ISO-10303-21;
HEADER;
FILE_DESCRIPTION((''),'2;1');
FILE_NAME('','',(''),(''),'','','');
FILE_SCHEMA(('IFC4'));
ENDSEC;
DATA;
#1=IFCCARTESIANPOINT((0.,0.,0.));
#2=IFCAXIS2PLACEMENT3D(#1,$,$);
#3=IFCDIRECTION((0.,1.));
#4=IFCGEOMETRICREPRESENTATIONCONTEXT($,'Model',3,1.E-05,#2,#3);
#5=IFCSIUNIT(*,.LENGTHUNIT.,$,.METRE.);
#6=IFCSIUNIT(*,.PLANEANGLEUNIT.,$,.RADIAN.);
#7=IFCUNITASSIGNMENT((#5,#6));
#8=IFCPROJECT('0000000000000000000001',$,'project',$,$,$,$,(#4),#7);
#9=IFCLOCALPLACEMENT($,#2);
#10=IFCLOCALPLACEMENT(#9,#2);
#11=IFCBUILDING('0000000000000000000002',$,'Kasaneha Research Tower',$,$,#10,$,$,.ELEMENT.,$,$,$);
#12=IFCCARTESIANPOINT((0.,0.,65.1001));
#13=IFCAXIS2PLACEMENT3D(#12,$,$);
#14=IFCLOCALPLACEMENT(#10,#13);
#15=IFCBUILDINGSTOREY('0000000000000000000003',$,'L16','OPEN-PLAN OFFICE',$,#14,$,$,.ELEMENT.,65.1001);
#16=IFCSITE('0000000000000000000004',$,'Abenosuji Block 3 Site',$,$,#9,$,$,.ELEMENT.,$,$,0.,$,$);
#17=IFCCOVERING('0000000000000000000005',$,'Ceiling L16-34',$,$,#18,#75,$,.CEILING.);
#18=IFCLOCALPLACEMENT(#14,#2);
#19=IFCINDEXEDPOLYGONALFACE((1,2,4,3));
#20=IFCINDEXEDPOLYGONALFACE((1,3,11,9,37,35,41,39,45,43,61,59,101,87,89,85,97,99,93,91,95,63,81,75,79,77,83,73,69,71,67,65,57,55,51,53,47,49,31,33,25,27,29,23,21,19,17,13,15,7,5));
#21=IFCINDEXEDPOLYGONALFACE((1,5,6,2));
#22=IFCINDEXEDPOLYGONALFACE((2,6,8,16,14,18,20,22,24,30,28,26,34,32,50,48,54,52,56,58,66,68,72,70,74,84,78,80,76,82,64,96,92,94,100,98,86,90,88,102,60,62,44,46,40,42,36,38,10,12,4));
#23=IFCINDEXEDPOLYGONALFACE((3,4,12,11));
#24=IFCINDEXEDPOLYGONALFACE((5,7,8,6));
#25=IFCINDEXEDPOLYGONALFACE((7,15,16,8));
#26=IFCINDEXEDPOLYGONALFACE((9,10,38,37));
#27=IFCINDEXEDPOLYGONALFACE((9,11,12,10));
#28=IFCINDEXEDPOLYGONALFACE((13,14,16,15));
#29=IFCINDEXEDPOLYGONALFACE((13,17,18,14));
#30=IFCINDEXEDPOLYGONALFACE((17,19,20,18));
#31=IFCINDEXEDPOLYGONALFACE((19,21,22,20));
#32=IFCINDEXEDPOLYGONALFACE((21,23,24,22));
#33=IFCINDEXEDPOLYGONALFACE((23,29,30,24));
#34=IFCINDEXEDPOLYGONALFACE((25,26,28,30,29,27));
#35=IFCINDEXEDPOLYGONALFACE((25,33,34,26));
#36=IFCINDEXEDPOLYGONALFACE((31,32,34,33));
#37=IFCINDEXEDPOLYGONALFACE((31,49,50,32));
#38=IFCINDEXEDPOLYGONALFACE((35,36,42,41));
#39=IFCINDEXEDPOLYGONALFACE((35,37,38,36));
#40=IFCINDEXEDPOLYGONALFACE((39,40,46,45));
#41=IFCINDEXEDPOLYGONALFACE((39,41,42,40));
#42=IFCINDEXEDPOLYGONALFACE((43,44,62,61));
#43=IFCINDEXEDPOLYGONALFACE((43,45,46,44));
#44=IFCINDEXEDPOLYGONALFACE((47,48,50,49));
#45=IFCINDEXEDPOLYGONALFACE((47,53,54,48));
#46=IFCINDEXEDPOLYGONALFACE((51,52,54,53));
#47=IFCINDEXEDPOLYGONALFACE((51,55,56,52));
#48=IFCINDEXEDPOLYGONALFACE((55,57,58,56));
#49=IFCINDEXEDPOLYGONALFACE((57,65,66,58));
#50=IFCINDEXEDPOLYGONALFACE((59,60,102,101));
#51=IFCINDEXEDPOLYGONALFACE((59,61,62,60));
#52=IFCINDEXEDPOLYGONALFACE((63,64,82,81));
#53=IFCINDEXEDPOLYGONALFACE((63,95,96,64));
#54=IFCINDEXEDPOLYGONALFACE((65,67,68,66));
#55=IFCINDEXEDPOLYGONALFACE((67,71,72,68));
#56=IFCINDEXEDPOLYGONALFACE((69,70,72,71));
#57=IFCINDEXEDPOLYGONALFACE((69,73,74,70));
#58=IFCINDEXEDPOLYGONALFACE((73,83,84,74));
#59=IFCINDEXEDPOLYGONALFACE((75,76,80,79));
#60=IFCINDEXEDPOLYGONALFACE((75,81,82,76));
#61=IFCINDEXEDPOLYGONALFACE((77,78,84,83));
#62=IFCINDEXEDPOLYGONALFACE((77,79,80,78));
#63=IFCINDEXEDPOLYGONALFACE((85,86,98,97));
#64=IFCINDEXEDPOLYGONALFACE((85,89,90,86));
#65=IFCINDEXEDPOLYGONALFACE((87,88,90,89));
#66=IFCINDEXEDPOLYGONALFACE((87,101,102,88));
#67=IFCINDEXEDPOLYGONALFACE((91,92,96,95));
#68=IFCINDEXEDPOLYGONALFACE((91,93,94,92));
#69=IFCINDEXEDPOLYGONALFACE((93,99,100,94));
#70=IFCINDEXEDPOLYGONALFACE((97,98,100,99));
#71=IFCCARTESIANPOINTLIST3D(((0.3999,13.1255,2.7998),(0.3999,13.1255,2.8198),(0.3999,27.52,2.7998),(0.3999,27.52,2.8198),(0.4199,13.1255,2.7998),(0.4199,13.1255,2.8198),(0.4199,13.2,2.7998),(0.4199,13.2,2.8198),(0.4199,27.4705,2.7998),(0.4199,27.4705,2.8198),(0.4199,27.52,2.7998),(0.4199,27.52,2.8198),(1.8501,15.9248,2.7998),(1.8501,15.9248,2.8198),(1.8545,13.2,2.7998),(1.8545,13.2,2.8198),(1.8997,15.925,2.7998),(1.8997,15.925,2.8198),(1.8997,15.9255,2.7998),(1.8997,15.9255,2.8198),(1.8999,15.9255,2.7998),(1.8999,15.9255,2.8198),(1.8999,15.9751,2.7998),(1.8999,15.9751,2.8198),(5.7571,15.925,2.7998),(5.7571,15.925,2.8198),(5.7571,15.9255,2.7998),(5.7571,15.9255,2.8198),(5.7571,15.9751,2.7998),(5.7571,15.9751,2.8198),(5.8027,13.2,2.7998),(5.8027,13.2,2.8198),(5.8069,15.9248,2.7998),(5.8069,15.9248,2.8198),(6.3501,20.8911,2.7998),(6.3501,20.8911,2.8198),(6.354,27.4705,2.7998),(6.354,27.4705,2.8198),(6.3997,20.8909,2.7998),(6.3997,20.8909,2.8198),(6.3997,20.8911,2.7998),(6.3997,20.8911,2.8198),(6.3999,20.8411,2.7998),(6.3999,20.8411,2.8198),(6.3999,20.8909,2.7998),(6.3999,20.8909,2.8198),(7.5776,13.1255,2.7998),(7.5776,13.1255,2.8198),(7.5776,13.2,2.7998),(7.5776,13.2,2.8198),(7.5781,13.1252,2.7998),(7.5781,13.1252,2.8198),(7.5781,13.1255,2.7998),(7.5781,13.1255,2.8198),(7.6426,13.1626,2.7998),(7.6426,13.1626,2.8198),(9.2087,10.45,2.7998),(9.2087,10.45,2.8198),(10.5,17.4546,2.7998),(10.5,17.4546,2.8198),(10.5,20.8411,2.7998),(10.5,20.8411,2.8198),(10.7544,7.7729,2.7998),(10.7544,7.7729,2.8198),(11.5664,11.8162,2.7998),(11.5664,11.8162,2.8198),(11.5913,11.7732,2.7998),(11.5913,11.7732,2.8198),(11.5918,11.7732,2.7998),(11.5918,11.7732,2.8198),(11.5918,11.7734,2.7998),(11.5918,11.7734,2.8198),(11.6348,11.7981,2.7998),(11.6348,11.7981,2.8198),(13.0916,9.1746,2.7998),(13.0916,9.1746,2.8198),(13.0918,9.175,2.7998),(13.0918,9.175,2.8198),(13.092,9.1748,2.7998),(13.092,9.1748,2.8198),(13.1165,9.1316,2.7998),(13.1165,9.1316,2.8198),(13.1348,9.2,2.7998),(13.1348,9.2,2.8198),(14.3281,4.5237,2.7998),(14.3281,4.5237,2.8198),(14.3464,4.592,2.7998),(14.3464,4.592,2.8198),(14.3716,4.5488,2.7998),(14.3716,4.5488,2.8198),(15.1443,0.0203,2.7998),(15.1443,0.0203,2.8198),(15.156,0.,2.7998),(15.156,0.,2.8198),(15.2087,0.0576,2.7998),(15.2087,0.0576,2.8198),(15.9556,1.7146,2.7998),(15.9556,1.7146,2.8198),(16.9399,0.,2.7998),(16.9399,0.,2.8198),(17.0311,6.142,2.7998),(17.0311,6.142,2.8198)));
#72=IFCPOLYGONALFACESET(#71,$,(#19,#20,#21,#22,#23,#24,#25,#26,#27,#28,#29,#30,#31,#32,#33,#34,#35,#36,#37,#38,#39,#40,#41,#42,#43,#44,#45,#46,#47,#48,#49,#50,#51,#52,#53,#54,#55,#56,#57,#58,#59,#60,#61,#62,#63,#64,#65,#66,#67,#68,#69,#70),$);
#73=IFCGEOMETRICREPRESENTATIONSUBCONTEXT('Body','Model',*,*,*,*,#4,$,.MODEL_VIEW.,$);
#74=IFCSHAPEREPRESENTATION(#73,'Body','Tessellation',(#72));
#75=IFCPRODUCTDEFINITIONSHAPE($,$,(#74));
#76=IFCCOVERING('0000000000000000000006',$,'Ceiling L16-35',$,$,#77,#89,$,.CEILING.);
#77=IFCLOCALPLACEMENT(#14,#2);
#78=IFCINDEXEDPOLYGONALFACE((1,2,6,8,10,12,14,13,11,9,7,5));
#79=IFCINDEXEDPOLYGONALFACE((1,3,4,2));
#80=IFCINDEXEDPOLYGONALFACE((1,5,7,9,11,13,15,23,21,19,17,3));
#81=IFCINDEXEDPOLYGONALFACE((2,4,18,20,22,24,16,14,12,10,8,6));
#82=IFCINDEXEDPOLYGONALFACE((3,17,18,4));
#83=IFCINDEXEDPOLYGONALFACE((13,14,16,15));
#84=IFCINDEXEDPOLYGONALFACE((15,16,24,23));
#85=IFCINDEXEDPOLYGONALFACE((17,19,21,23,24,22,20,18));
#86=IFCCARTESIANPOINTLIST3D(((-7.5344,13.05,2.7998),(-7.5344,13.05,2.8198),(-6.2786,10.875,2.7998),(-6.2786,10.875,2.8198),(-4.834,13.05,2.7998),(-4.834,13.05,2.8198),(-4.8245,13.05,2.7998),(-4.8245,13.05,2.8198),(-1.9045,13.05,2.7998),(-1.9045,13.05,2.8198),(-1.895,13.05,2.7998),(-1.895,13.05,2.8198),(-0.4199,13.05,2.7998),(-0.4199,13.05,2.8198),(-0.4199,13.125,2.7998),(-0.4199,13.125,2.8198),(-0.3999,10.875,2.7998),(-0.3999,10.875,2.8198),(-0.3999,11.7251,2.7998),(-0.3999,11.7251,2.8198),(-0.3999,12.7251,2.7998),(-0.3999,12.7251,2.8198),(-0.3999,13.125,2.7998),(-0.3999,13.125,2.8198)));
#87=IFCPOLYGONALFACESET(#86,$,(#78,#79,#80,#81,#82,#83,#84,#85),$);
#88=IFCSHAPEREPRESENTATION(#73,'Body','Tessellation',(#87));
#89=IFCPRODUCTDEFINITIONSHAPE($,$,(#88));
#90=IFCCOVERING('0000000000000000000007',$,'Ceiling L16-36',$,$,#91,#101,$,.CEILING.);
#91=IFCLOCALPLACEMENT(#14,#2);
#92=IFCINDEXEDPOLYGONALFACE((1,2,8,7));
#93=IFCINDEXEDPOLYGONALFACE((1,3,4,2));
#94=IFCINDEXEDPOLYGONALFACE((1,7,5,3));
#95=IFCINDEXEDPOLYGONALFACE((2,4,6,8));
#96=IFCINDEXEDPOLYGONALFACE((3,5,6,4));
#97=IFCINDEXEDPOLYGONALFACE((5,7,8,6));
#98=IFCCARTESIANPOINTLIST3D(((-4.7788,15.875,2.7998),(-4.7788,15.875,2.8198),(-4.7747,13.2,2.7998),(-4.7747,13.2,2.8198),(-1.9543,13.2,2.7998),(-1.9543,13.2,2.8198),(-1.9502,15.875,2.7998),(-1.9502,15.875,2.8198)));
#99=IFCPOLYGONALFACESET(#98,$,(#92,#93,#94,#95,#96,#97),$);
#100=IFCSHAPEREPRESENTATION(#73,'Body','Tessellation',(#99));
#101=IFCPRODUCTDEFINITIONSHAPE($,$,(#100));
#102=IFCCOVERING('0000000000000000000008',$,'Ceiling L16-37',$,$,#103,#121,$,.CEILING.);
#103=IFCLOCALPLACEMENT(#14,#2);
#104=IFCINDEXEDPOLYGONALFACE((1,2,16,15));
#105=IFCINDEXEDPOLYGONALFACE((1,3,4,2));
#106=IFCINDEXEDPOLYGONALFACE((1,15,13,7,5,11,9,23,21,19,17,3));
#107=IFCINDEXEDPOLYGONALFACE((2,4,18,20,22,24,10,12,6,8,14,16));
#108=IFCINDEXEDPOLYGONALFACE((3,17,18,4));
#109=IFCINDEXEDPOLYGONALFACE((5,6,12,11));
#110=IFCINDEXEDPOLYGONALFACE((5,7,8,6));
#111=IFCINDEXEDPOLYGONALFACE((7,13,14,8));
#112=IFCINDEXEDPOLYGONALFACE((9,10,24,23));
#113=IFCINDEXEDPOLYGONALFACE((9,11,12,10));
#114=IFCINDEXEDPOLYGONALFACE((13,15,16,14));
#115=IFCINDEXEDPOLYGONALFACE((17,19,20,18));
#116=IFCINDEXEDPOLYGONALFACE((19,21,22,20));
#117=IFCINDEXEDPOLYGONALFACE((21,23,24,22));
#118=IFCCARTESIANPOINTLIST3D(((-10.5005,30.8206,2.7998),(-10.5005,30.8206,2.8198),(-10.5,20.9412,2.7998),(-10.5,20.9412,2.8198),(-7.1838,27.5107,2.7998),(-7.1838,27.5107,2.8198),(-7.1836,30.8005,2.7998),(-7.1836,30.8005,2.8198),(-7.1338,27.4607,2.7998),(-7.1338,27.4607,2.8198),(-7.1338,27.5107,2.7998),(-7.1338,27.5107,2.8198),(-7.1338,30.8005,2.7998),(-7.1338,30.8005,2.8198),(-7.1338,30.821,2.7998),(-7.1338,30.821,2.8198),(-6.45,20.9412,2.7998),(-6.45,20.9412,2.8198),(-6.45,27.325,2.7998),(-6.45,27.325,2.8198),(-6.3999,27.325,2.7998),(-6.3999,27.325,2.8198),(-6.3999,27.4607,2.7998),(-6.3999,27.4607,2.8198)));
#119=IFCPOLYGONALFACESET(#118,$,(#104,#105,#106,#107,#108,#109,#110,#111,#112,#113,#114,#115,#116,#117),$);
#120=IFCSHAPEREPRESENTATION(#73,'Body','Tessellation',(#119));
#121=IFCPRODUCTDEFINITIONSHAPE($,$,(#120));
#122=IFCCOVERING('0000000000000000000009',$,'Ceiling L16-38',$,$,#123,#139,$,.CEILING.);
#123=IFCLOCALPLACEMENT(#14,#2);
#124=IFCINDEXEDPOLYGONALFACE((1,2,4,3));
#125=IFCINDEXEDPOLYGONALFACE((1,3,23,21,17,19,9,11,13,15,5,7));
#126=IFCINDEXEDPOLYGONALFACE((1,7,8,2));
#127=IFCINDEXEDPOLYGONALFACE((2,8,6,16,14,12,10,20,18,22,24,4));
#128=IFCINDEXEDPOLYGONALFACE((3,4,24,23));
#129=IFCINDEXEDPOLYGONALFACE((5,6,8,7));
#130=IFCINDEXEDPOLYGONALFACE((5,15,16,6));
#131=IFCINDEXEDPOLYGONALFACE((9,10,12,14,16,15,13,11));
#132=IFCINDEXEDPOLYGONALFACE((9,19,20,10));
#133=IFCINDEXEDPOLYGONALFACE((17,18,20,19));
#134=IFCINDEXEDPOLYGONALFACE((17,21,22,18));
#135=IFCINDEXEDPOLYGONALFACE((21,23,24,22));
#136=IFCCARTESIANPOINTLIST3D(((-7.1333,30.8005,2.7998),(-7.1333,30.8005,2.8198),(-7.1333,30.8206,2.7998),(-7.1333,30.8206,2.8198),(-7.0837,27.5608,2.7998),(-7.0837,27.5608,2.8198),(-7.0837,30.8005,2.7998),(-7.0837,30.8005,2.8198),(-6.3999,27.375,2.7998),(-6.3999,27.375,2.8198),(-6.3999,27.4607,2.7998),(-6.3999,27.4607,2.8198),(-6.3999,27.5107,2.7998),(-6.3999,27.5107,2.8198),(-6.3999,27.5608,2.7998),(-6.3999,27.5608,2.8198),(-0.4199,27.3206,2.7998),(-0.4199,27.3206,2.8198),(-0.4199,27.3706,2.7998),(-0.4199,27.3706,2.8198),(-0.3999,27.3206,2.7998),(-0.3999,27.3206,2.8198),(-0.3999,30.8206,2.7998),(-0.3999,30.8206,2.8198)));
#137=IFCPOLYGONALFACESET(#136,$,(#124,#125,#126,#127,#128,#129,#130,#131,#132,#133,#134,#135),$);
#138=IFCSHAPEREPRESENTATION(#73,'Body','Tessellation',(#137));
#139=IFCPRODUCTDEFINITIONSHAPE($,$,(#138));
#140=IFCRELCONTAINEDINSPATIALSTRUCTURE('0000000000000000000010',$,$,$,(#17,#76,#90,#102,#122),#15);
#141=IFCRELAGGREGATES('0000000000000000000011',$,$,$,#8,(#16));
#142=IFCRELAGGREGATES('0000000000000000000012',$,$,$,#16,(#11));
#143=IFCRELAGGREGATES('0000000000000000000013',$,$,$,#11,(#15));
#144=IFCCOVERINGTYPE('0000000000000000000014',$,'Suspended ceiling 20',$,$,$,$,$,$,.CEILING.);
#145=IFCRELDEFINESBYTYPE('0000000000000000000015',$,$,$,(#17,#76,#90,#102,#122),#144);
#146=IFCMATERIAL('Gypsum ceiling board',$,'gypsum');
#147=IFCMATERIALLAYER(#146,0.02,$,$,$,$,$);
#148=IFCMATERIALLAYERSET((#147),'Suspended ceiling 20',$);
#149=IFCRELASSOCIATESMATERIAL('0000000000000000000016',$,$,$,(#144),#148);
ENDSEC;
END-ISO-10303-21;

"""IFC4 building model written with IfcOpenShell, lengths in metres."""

from ifc_helpers import new_model, si_unit, direction, frame, origin, place, context, subcontext, project, spatial, polyline, outline, extrude, material, layer, layer_set, type_object, element, save


model = new_model("IFC4")

# Units and contexts
model_context = context("Model", 3, precision=1e-05, world=origin(), true_north=direction((0.0, 1.0)))
body_context = subcontext(model_context, "Body", "Model", "MODEL_VIEW")
ifc_project = project(units=[si_unit("LENGTHUNIT", "METRE"), si_unit("PLANEANGLEUNIT", "RADIAN")], contexts=[model_context])

# Site, building, storey
site_placement = place(None, origin())
site = spatial("IfcSite", under=ifc_project, at=site_placement, Name="Abenosuji Block 3 Site", CompositionType="ELEMENT", RefElevation=0.0)
building_placement = place(site_placement, origin())
building = spatial("IfcBuilding", under=site, at=building_placement, Name="Kasaneha Research Tower", CompositionType="ELEMENT")
storey_placement = place(building_placement, frame((0.0, 0.0, 65.1001)))
storey = spatial("IfcBuildingStorey", under=building, at=storey_placement, Name="L16", Description="OPEN-PLAN OFFICE", CompositionType="ELEMENT", Elevation=65.1001)

# Coverings
ifc_material_1 = material(Name="Gypsum ceiling board", Category="gypsum")
ifc_layer_1 = layer(ifc_material_1, 0.02)
ifc_layer_set_1 = layer_set([ifc_layer_1], Name="Suspended ceiling 20")
covering_type = type_object("IfcCoveringType", Name="Suspended ceiling 20", PredefinedType="CEILING", material=ifc_layer_set_1)
covering_1_placement = place(storey_placement, frame((0.0, 0.0, 2.7998)))
element("IfcCovering", 1, at=covering_1_placement, inside=storey, type_object=covering_type, Name="Ceiling L16-34", PredefinedType="CEILING", context=body_context, shape_type="SweptSolid", body=[
    extrude(outline(polyline([(15.156, 0.0), (15.1443, 0.0203), (15.2087, 0.0576), (10.7544, 7.7729), (13.1165, 9.1316), (13.0916, 9.1746), (13.092, 9.1748), (13.0918, 9.175), (13.1348, 9.2), (11.6348, 11.7981), (11.5918, 11.7732), (11.5918, 11.7734), (11.5913, 11.7732), (11.5664, 11.8162), (9.2087, 10.45), (7.6426, 13.1626), (7.5781, 13.1252), (7.5781, 13.1255), (7.5776, 13.1255), (7.5776, 13.2), (5.8027, 13.2), (5.8069, 15.9248), (5.7571, 15.925), (5.7571, 15.9255), (5.7571, 15.9255), (5.7571, 15.9751), (1.8999, 15.9751), (1.8999, 15.9255), (1.8997, 15.9255), (1.8997, 15.925), (1.8501, 15.9248), (1.8545, 13.2), (0.4199, 13.2), (0.4199, 13.1255), (0.3999, 13.1255), (0.3999, 27.52), (0.4199, 27.52), (0.4199, 27.4705), (6.354, 27.4705), (6.3501, 20.8911), (6.3997, 20.8911), (6.3997, 20.8909), (6.3999, 20.8909), (6.3999, 20.8411), (10.5, 20.8411), (10.5, 17.4546), (17.0559, 6.0991), (17.0559, 6.0991), (17.0312, 6.1421), (14.3464, 4.592), (14.3716, 4.5488), (14.3281, 4.5237), (15.9556, 1.7146), (16.9399, 0.0), (15.156, 0.0)])), origin(), (0.0, 0.0, 1.0), 0.02),
])
covering_2_placement = place(storey_placement, frame((0.0, 0.0, 2.7998)))
element("IfcCovering", 2, at=covering_2_placement, inside=storey, type_object=covering_type, Name="Ceiling L16-35", PredefinedType="CEILING", context=body_context, shape_type="SweptSolid", body=[
    extrude(outline(polyline([(-0.3999, 11.7251), (-0.3999, 10.875), (-6.2786, 10.875), (-7.5344, 13.05), (-4.834, 13.05), (-4.8245, 13.05), (-1.9045, 13.05), (-1.895, 13.05), (-0.4199, 13.05), (-0.4199, 13.125), (-0.3999, 13.125), (-0.3999, 12.7251), (-0.3999, 11.7251)])), origin(), (0.0, 0.0, 1.0), 0.02),
])
covering_3_placement = place(storey_placement, frame((0.0, 0.0, 2.7998)))
element("IfcCovering", 3, at=covering_3_placement, inside=storey, type_object=covering_type, Name="Ceiling L16-36", PredefinedType="CEILING", context=body_context, shape_type="SweptSolid", body=[
    extrude(outline(polyline([(-4.7788, 15.875), (-1.9502, 15.875), (-1.9543, 13.2), (-4.7747, 13.2), (-4.7788, 15.875)])), origin(), (0.0, 0.0, 1.0), 0.02),
])
covering_4_placement = place(storey_placement, frame((0.0, 0.0, 2.7998)))
element("IfcCovering", 4, at=covering_4_placement, inside=storey, type_object=covering_type, Name="Ceiling L16-37", PredefinedType="CEILING", context=body_context, shape_type="SweptSolid", body=[
    extrude(outline(polyline([(-7.1338, 30.821), (-7.1338, 30.8005), (-7.1836, 30.8005), (-7.1838, 27.5107), (-7.1338, 27.5107), (-7.1338, 27.5107), (-7.1338, 27.5107), (-7.1338, 27.4607), (-6.3999, 27.4607), (-6.3999, 27.325), (-6.45, 27.325), (-6.45, 20.9412), (-10.5, 20.9412), (-10.5, 20.8911), (-10.5005, 30.8206), (-7.1338, 30.821)])), origin(), (0.0, 0.0, 1.0), 0.02),
])
covering_5_placement = place(storey_placement, frame((0.0, 0.0, 2.7998)))
element("IfcCovering", 5, at=covering_5_placement, inside=storey, type_object=covering_type, Name="Ceiling L16-38", PredefinedType="CEILING", context=body_context, shape_type="SweptSolid", body=[
    extrude(outline(polyline([(-0.3999, 27.3206), (-0.4199, 27.3206), (-0.4199, 27.3706), (-6.3999, 27.375), (-6.3999, 27.325), (-6.3999, 27.4607), (-6.3999, 27.5107), (-6.3999, 27.5608), (-7.0837, 27.5608), (-7.0837, 30.8005), (-7.1333, 30.8005), (-7.1333, 30.8206), (-0.3999, 30.8206), (-0.3999, 27.3206)])), origin(), (0.0, 0.0, 1.0), 0.02),
])

save(model, "model.ifc")
